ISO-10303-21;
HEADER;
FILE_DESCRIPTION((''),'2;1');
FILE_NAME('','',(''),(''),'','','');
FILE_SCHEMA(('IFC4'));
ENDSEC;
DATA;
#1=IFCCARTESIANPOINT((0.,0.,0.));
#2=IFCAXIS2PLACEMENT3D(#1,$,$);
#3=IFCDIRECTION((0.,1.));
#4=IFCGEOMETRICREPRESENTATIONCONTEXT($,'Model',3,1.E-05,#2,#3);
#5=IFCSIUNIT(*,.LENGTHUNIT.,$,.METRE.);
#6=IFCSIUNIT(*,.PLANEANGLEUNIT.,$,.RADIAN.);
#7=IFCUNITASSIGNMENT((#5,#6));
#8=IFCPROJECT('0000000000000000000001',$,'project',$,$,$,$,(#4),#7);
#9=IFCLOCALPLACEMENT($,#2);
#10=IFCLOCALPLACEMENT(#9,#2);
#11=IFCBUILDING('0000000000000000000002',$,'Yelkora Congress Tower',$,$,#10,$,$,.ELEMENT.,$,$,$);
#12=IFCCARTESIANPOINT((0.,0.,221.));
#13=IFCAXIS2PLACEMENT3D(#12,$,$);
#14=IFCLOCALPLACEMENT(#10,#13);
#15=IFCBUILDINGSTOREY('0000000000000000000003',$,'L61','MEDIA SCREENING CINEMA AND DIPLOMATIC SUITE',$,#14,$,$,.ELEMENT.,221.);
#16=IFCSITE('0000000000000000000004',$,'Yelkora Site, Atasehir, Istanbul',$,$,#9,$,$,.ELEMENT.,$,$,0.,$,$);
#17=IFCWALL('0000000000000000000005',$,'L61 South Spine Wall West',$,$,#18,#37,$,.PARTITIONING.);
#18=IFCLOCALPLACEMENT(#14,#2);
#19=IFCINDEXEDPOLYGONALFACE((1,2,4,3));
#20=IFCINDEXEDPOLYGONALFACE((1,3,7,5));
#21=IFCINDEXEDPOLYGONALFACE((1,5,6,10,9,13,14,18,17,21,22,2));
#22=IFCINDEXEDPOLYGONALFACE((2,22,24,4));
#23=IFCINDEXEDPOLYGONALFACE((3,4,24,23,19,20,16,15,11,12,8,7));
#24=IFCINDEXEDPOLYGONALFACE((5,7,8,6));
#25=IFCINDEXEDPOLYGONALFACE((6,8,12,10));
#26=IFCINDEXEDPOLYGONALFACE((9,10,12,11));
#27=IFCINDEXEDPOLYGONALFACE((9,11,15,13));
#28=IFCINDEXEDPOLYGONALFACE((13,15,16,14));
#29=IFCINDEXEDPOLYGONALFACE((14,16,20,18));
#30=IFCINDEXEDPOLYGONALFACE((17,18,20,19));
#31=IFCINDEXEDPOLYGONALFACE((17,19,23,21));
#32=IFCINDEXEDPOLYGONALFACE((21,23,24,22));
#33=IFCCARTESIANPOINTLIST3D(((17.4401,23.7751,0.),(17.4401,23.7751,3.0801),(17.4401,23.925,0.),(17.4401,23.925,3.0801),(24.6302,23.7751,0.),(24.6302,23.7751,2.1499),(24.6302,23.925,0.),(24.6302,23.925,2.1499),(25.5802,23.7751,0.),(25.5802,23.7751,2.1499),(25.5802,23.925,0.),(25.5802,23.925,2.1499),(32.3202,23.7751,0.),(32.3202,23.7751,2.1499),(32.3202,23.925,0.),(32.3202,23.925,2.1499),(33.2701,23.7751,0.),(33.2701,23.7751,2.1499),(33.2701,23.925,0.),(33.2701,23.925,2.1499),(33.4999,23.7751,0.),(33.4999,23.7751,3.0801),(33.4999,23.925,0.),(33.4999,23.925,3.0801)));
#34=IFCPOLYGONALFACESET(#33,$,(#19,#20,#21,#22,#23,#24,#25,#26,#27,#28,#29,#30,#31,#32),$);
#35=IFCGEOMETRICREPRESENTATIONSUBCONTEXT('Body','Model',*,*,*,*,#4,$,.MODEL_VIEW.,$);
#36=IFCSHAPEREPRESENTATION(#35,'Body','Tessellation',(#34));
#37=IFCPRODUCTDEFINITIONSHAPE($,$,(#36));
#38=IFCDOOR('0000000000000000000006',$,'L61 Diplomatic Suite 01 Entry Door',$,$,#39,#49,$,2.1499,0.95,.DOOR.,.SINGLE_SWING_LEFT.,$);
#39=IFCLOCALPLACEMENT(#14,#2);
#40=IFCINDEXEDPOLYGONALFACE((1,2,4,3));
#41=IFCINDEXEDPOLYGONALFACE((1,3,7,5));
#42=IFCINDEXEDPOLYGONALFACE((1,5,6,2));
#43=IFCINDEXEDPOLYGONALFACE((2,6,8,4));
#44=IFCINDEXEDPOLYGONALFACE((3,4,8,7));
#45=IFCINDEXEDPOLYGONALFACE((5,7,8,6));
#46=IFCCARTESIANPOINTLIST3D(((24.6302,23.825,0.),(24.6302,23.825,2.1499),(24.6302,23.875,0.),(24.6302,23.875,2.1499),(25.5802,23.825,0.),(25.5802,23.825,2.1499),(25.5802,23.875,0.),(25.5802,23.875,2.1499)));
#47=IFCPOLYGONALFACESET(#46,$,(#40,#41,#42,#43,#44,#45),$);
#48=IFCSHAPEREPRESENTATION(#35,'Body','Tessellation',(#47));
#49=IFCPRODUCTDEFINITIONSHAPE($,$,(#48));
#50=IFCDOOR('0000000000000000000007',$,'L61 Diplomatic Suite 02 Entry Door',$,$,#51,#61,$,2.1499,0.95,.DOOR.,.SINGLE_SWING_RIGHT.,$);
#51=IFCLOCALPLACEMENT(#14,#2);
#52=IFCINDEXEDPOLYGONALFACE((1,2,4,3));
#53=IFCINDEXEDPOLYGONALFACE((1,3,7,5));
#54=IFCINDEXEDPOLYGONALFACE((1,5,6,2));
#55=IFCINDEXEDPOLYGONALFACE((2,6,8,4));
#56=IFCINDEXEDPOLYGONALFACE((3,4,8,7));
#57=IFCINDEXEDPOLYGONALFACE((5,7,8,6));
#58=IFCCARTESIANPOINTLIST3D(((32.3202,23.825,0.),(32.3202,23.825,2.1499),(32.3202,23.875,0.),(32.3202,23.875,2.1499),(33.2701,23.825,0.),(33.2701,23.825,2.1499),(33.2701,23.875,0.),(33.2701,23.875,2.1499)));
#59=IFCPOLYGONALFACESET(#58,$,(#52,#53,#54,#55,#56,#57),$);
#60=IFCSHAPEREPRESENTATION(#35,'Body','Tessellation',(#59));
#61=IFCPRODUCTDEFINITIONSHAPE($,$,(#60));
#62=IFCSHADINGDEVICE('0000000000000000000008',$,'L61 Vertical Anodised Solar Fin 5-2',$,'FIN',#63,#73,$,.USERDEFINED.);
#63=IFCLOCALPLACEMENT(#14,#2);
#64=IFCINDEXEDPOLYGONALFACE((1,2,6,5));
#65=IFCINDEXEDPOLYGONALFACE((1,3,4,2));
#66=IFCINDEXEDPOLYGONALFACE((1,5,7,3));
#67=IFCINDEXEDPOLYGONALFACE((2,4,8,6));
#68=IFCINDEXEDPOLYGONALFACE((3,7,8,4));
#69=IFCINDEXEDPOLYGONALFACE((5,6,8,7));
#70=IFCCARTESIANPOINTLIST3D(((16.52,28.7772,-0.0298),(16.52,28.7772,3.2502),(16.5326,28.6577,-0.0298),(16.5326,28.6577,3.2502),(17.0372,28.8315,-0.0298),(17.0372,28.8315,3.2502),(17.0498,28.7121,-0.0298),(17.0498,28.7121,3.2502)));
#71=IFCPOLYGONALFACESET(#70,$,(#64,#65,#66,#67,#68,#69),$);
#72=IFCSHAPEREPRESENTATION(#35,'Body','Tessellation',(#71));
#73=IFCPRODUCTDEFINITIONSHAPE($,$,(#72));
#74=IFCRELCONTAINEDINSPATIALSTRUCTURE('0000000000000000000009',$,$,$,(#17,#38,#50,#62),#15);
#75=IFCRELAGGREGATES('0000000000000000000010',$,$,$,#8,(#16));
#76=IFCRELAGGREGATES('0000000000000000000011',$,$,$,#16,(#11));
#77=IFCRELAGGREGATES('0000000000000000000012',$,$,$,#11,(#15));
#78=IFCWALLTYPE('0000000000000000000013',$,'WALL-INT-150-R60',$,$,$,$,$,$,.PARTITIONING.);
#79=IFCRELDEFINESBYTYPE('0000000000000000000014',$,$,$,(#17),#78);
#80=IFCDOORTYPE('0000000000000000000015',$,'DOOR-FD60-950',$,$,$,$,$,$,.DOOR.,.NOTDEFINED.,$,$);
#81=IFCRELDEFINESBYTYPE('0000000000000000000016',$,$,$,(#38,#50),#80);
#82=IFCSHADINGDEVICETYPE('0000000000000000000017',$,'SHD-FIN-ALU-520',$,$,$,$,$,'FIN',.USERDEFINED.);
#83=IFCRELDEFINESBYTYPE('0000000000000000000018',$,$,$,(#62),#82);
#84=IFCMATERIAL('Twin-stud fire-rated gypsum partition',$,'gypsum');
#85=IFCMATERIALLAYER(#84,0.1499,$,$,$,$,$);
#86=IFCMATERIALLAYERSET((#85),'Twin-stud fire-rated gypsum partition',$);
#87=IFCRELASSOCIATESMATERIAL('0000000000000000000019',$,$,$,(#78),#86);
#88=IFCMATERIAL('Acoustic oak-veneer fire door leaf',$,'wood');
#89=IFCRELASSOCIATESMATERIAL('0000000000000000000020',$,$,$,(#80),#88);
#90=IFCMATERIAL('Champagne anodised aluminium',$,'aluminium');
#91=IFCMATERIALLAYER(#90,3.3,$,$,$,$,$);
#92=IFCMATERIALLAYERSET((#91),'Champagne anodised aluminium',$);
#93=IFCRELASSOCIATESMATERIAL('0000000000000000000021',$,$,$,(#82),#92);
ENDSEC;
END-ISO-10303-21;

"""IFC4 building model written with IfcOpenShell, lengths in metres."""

from ifc_helpers import new_model, si_unit, direction, frame, frame_2d, origin, origin_2d, place, context, subcontext, project, spatial, rectangle, extrude, material, layer, layer_set, type_object, element, fill, save


model = new_model("IFC4")

# Units and contexts
model_context = context("Model", 3, precision=1e-05, world=origin(), true_north=direction((0.0, 1.0)))
body_context = subcontext(model_context, "Body", "Model", "MODEL_VIEW")
ifc_project = project(units=[si_unit("LENGTHUNIT", "METRE"), si_unit("PLANEANGLEUNIT", "RADIAN")], contexts=[model_context])

# Site, building, storey
site_placement = place(None, origin())
site = spatial("IfcSite", under=ifc_project, at=site_placement, Name="Yelkora Site, Atasehir, Istanbul", CompositionType="ELEMENT", RefElevation=0.0)
building_placement = place(site_placement, origin())
building = spatial("IfcBuilding", under=site, at=building_placement, Name="Yelkora Congress Tower", CompositionType="ELEMENT")
storey_placement = place(building_placement, frame((0.0, 0.0, 221.0)))
storey = spatial("IfcBuildingStorey", under=building, at=storey_placement, Name="L61", Description="MEDIA SCREENING CINEMA AND DIPLOMATIC SUITE", CompositionType="ELEMENT", Elevation=221.0)

# Wall, openings, doors
ifc_material_1 = material(Name="Twin-stud fire-rated gypsum partition", Category="gypsum")
ifc_layer_1 = layer(ifc_material_1, 0.1499)
ifc_layer_set_1 = layer_set([ifc_layer_1], Name="Twin-stud fire-rated gypsum partition")
wall_type_1 = type_object("IfcWallType", Name="WALL-INT-150-R60", PredefinedType="PARTITIONING", material=ifc_layer_set_1)
wall_1_placement = place(storey_placement, frame((17.4402, 23.8501, 0.0), z_axis=(0.0, 0.0, 1.0), x_axis=(1.0, 0.0, 0.0)))
wall_1 = element("IfcWall", 1, at=wall_1_placement, inside=storey, type_object=wall_type_1, Name="L61 South Spine Wall West", PredefinedType="PARTITIONING", context=body_context, shape_type="SweptSolid", body=[
    extrude(rectangle(XDim=16.0598, YDim=0.1499, at=frame_2d((8.0298, 0.0))), origin(), (0.0, 0.0, 1.0), 3.0801),
])
opening_1_placement = place(wall_1_placement, frame((7.1899, 0.0, 0.0)))
opening_1 = element("IfcOpeningElement", 2, at=opening_1_placement, cuts=wall_1, PredefinedType="OPENING", context=body_context, shape_type="SweptSolid", body=[
    extrude(rectangle(XDim=0.95, YDim=2.1499, at=frame_2d((0.4751, 1.075))), frame((0.0, 0.085, 0.0), z_axis=(0.0, -1.0, 0.0), x_axis=(1.0, 0.0, 0.0)), (0.0, 0.0, 1.0), 0.1699),
])
opening_2_placement = place(wall_1_placement, frame((14.8799, 0.0, 0.0)))
opening_2 = element("IfcOpeningElement", 3, at=opening_2_placement, cuts=wall_1, PredefinedType="OPENING", context=body_context, shape_type="SweptSolid", body=[
    extrude(rectangle(XDim=0.95, YDim=2.1499, at=frame_2d((0.4751, 1.075))), frame((0.0, 0.085, 0.0), z_axis=(0.0, -1.0, 0.0), x_axis=(1.0, 0.0, 0.0)), (0.0, 0.0, 1.0), 0.1699),
])
ifc_material_2 = material(Name="Acoustic oak-veneer fire door leaf", Category="wood")
door_type_1 = type_object("IfcDoorType", Name="DOOR-FD60-950", OperationType="NOTDEFINED", PredefinedType="DOOR", material=ifc_material_2)
door_1_placement = place(opening_1_placement, origin())
door_1 = element("IfcDoor", 4, at=door_1_placement, inside=storey, type_object=door_type_1, Name="L61 Diplomatic Suite 01 Entry Door", OperationType="SINGLE_SWING_LEFT", OverallHeight=2.1499, OverallWidth=0.95, PredefinedType="DOOR", context=body_context, shape_type="SweptSolid", body=[
    extrude(rectangle(XDim=0.95, YDim=2.1499, at=frame_2d((0.4751, 1.075))), frame((0.0, 0.0249, 0.0), z_axis=(0.0, -1.0, 0.0), x_axis=(1.0, 0.0, 0.0)), (0.0, 0.0, 1.0), 0.05),
])
fill(opening_1, door_1)
door_2_placement = place(opening_2_placement, origin())
door_2 = element("IfcDoor", 5, at=door_2_placement, inside=storey, type_object=door_type_1, Name="L61 Diplomatic Suite 02 Entry Door", OperationType="SINGLE_SWING_RIGHT", OverallHeight=2.1499, OverallWidth=0.95, PredefinedType="DOOR", context=body_context, shape_type="SweptSolid", body=[
    extrude(rectangle(XDim=0.95, YDim=2.1499, at=frame_2d((0.4751, 1.075))), frame((0.0, 0.0249, 0.0), z_axis=(0.0, -1.0, 0.0), x_axis=(1.0, 0.0, 0.0)), (0.0, 0.0, 1.0), 0.05),
])
fill(opening_2, door_2)

# Shading device
ifc_material_3 = material(Name="Champagne anodised aluminium", Category="aluminium")
ifc_layer_2 = layer(ifc_material_3, 3.3)
ifc_layer_set_2 = layer_set([ifc_layer_2], Name="Champagne anodised aluminium")
shading_device_type = type_object("IfcShadingDeviceType", Name="SHD-FIN-ALU-520", ElementType="FIN", PredefinedType="USERDEFINED", material=ifc_layer_set_2)
shading_device_placement = place(storey_placement, frame((16.7849, 28.7446, -0.0298), z_axis=(0.0, 0.0, 1.0), x_axis=(-0.104528, 0.994522, 0.0)))
element("IfcShadingDevice", 6, at=shading_device_placement, inside=storey, type_object=shading_device_type, Name="L61 Vertical Anodised Solar Fin 5-2", ObjectType="FIN", PredefinedType="USERDEFINED", context=body_context, shape_type="SweptSolid", body=[
    extrude(rectangle(XDim=0.1201, YDim=0.52, at=origin_2d()), origin(), (0.0, 0.0, 1.0), 3.28),
])

save(model, "model.ifc")
